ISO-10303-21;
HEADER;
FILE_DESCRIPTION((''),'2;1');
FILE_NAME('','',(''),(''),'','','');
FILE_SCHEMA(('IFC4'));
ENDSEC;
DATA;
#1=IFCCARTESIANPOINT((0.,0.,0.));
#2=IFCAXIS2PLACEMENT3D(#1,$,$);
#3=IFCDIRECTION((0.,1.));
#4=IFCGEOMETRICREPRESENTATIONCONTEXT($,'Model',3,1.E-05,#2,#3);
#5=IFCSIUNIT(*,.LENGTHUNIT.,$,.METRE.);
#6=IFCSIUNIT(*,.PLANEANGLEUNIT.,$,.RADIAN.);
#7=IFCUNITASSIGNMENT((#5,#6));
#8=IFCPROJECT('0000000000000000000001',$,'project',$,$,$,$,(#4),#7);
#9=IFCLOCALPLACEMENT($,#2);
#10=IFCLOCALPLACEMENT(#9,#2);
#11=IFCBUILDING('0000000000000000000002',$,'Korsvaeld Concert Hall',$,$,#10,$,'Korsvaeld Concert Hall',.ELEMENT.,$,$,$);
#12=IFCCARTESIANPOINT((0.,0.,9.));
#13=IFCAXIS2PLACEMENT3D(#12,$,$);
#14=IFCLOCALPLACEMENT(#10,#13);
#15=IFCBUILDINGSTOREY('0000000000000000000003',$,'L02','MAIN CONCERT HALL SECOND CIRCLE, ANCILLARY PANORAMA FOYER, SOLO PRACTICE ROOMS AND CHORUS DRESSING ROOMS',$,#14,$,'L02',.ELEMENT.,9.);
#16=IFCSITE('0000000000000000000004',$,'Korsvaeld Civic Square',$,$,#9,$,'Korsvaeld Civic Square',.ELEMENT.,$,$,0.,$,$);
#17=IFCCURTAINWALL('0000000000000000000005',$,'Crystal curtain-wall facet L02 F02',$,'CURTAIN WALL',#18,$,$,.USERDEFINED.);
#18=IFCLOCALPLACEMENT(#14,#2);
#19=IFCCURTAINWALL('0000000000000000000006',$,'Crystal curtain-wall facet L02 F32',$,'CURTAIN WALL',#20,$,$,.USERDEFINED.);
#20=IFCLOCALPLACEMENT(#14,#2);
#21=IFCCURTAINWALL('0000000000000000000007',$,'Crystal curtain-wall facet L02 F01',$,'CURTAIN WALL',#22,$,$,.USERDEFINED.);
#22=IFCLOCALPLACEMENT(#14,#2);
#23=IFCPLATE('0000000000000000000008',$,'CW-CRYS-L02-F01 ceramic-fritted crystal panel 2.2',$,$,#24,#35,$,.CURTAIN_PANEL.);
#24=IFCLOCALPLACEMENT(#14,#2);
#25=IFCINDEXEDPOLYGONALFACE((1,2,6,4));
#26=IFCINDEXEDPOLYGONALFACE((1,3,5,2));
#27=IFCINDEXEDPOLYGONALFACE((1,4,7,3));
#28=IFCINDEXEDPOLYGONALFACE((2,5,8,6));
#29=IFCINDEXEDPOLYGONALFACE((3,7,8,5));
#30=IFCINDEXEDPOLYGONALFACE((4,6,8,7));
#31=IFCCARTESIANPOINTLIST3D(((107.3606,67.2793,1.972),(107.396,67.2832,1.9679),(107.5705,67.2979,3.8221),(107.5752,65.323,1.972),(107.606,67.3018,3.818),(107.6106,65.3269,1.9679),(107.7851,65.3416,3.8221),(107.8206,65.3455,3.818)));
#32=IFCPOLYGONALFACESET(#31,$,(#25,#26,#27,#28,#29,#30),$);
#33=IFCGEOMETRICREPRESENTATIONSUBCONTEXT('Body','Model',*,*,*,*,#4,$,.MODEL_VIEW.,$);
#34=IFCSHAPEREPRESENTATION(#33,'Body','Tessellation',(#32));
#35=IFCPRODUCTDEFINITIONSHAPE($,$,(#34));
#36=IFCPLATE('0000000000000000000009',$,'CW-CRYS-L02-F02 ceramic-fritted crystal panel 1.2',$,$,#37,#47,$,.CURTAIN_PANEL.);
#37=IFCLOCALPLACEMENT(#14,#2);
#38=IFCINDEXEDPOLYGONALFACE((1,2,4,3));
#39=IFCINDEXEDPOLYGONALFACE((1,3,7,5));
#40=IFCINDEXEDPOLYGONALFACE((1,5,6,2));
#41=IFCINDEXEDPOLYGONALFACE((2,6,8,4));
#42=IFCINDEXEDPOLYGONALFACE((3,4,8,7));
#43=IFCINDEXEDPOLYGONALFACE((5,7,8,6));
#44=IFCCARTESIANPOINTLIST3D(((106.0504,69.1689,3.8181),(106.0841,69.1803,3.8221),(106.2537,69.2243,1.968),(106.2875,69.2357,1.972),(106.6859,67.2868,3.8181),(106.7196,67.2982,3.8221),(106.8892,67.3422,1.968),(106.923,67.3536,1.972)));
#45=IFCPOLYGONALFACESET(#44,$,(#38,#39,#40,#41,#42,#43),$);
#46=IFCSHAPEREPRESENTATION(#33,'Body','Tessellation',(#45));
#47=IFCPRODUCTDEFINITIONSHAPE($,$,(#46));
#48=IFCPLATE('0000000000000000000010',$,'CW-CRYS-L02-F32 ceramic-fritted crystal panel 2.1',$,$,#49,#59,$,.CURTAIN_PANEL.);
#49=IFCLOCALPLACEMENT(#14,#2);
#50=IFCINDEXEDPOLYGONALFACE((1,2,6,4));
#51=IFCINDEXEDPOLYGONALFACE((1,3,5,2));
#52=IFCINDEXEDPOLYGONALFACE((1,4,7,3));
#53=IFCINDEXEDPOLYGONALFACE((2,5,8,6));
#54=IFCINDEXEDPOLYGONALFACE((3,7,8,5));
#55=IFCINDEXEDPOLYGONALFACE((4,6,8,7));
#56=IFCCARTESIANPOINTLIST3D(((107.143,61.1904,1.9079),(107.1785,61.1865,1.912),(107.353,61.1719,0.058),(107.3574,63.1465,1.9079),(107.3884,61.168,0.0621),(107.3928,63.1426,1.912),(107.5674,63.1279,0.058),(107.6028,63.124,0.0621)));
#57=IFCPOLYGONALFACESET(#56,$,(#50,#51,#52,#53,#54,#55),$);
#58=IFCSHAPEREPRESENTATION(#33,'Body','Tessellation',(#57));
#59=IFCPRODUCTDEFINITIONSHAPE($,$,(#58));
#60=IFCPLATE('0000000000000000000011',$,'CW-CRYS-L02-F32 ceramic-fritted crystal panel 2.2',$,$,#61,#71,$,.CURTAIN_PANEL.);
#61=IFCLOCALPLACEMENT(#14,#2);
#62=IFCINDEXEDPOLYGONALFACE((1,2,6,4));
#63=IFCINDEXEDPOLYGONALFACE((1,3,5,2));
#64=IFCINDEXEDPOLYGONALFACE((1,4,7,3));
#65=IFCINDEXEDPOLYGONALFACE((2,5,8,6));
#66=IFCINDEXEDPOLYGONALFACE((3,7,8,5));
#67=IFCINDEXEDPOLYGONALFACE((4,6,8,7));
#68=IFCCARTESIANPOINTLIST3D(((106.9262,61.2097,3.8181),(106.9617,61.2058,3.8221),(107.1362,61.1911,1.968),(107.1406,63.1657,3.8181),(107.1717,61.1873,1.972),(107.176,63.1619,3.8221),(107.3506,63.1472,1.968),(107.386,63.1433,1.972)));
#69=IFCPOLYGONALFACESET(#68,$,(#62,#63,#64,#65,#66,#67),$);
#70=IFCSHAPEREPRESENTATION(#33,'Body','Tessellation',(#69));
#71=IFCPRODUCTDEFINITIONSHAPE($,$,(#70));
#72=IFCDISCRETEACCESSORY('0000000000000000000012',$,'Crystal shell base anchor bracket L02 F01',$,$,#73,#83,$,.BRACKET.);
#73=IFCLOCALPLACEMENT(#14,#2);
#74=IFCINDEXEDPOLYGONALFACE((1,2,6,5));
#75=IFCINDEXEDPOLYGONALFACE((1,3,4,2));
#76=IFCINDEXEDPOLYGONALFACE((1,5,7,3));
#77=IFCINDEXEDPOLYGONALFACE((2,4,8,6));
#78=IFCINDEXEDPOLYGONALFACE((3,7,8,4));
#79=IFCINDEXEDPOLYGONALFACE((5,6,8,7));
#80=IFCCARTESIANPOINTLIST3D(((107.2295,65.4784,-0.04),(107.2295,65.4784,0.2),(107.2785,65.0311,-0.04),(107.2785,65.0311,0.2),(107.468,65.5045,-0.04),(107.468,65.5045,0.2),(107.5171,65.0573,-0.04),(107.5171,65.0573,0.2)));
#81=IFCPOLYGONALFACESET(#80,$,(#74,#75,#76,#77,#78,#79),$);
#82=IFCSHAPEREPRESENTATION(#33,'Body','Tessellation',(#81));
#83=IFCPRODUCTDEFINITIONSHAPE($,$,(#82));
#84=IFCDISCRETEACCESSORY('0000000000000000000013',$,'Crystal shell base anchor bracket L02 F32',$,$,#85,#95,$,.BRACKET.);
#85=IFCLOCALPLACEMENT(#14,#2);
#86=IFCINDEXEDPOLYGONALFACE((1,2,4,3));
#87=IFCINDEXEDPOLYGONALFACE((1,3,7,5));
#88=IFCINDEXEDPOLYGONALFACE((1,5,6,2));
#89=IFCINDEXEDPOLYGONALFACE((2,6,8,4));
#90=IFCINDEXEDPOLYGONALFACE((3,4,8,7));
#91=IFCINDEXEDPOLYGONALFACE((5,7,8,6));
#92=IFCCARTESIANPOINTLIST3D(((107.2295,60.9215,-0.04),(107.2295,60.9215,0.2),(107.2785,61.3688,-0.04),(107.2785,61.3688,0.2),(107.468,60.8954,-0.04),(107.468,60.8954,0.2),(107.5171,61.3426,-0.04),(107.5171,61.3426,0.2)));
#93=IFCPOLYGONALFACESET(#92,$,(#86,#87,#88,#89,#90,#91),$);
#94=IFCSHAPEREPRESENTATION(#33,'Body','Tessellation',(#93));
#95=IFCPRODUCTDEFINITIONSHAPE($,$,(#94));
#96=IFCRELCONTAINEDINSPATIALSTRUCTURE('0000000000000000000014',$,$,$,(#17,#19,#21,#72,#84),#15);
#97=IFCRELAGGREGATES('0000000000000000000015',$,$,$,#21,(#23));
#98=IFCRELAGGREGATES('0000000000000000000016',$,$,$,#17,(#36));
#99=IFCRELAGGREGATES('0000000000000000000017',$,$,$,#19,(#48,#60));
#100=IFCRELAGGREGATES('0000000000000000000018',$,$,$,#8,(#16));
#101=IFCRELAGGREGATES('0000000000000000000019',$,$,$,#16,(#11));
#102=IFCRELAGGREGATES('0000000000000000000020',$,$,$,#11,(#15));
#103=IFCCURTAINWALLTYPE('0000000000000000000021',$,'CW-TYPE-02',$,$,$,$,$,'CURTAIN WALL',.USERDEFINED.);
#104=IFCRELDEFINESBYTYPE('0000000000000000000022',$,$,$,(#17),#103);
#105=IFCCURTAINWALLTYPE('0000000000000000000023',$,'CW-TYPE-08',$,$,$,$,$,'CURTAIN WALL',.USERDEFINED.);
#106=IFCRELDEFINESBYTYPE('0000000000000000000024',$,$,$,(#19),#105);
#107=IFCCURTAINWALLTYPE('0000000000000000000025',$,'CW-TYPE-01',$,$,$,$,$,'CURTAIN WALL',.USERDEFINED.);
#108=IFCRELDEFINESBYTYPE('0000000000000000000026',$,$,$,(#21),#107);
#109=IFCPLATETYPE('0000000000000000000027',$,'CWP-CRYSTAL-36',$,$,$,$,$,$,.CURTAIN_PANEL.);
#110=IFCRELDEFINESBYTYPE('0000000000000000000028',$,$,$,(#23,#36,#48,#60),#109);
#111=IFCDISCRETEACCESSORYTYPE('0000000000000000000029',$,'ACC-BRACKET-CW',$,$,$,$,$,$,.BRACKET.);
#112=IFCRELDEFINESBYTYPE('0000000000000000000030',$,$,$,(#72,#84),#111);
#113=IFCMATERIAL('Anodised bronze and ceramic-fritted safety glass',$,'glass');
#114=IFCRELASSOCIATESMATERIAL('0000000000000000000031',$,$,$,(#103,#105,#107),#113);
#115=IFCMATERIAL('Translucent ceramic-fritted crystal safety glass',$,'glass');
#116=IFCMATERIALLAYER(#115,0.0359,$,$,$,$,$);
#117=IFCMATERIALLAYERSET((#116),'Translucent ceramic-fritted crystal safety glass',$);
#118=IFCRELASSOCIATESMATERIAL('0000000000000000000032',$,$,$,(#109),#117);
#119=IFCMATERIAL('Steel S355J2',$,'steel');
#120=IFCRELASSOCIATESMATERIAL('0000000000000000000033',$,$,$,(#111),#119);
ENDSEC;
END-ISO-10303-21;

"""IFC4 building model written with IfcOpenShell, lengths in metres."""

from ifc_helpers import new_model, si_unit, direction, frame, origin, origin_2d, place, context, subcontext, project, spatial, polyline, rectangle, outline, extrude, material, layer, layer_set, type_object, element, aggregate, save


model = new_model("IFC4")

# Units and contexts
model_context = context("Model", 3, precision=1e-05, world=origin(), true_north=direction((0.0, 1.0)))
body_context = subcontext(model_context, "Body", "Model", "MODEL_VIEW")
ifc_project = project(units=[si_unit("LENGTHUNIT", "METRE"), si_unit("PLANEANGLEUNIT", "RADIAN")], contexts=[model_context])

# Site, building, storey
site_placement = place(None, origin())
site = spatial("IfcSite", under=ifc_project, at=site_placement, Name="Korsvaeld Civic Square", LongName="Korsvaeld Civic Square", CompositionType="ELEMENT", RefElevation=0.0)
building_placement = place(site_placement, origin())
building = spatial("IfcBuilding", under=site, at=building_placement, Name="Korsvaeld Concert Hall", LongName="Korsvaeld Concert Hall", CompositionType="ELEMENT")
storey_placement = place(building_placement, frame((0.0, 0.0, 9.0)))
storey = spatial("IfcBuildingStorey", under=building, at=storey_placement, Name="L02", Description="MAIN CONCERT HALL SECOND CIRCLE, ANCILLARY PANORAMA FOYER, SOLO PRACTICE ROOMS AND CHORUS DRESSING ROOMS", LongName="L02", CompositionType="ELEMENT", Elevation=9.0)

# Curtain wall
ifc_material_1 = material(Name="Anodised bronze and ceramic-fritted safety glass", Category="glass")
curtain_wall_type_1 = type_object("IfcCurtainWallType", Name="CW-TYPE-02", ElementType="CURTAIN WALL", PredefinedType="USERDEFINED", material=ifc_material_1)
curtain_wall_1_placement = place(storey_placement, origin())
curtain_wall_1 = element("IfcCurtainWall", 1, at=curtain_wall_1_placement, inside=storey, type_object=curtain_wall_type_1, Name="Crystal curtain-wall facet L02 F02", ObjectType="CURTAIN WALL", PredefinedType="USERDEFINED")

# Curtain walls
curtain_wall_type_2 = type_object("IfcCurtainWallType", Name="CW-TYPE-08", ElementType="CURTAIN WALL", PredefinedType="USERDEFINED", material=ifc_material_1)
curtain_wall_2_placement = place(storey_placement, origin())
curtain_wall_2 = element("IfcCurtainWall", 2, at=curtain_wall_2_placement, inside=storey, type_object=curtain_wall_type_2, Name="Crystal curtain-wall facet L02 F32", ObjectType="CURTAIN WALL", PredefinedType="USERDEFINED")
curtain_wall_type_3 = type_object("IfcCurtainWallType", Name="CW-TYPE-01", ElementType="CURTAIN WALL", PredefinedType="USERDEFINED", material=ifc_material_1)
curtain_wall_3_placement = place(storey_placement, origin())
curtain_wall_3 = element("IfcCurtainWall", 3, at=curtain_wall_3_placement, inside=storey, type_object=curtain_wall_type_3, Name="Crystal curtain-wall facet L02 F01", ObjectType="CURTAIN WALL", PredefinedType="USERDEFINED")

# Plates
ifc_material_2 = material(Name="Translucent ceramic-fritted crystal safety glass", Category="glass")
ifc_layer = layer(ifc_material_2, 0.0359)
ifc_layer_set = layer_set([ifc_layer], Name="Translucent ceramic-fritted crystal safety glass")
plate_type = type_object("IfcPlateType", Name="CWP-CRYSTAL-36", PredefinedType="CURTAIN_PANEL", material=ifc_layer_set)
plate_1_placement = place(storey_placement, frame((107.5928, 65.325, 1.97), z_axis=(0.987651, 0.108342, -0.113172), x_axis=(-0.109043, 0.994037, 0.0)))
plate_1 = element("IfcPlate", 4, at=plate_1_placement, type_object=plate_type, Name="CW-CRYS-L02-F01 ceramic-fritted crystal panel 2.2", PredefinedType="CURTAIN_PANEL", context=body_context, shape_type="SweptSolid", body=[
    extrude(outline(polyline([(0.0, 0.0), (1.968, 0.0), (1.9636, 1.8621), (-0.0045, 1.8621), (0.0, 0.0)])), frame((0.0, 0.0, 0.0181)), (0.0, 0.0, -1.0), 0.0359),
])
aggregate(curtain_wall_3, [plate_1])
plate_2_placement = place(storey_placement, frame((106.906, 67.3479, 1.97), z_axis=(0.941379, 0.317863, 0.113001), x_axis=(-0.319912, 0.947447, 0.0)))
plate_2 = element("IfcPlate", 5, at=plate_2_placement, type_object=plate_type, Name="CW-CRYS-L02-F02 ceramic-fritted crystal panel 1.2", PredefinedType="CURTAIN_PANEL", context=body_context, shape_type="SweptSolid", body=[
    extrude(outline(polyline([(0.0, 0.0), (1.9865, 0.0), (1.999, 1.862), (0.0126, 1.862), (0.0, 0.0)])), frame((0.0, 0.0, 0.0181)), (0.0, 0.0, -1.0), 0.0359),
])
aggregate(curtain_wall_1, [plate_2])
plate_3_placement = place(storey_placement, frame((107.3706, 61.1699, 0.0601), z_axis=(0.987661, -0.108233, 0.113187), x_axis=(0.108933, 0.994049, 0.0)))
plate_3 = element("IfcPlate", 6, at=plate_3_placement, type_object=plate_type, Name="CW-CRYS-L02-F32 ceramic-fritted crystal panel 2.1", PredefinedType="CURTAIN_PANEL", context=body_context, shape_type="SweptSolid", body=[
    extrude(outline(polyline([(0.0, 0.0), (1.9678, 0.0), (1.9633, 1.8618), (-0.0044, 1.8618), (0.0, 0.0)])), frame((0.0, 0.0, 0.0181)), (0.0, 0.0, -1.0), 0.0359),
])
plate_4_placement = place(storey_placement, frame((107.1538, 61.1892, 1.97), z_axis=(0.987663, -0.108234, 0.113172), x_axis=(0.108933, 0.994049, 0.0)))
plate_4 = element("IfcPlate", 7, at=plate_4_placement, type_object=plate_type, Name="CW-CRYS-L02-F32 ceramic-fritted crystal panel 2.2", PredefinedType="CURTAIN_PANEL", context=body_context, shape_type="SweptSolid", body=[
    extrude(outline(polyline([(0.0, 0.0), (1.9678, 0.0), (1.9633, 1.8621), (-0.0044, 1.8621), (0.0, 0.0)])), frame((0.0, 0.0, 0.0181)), (0.0, 0.0, -1.0), 0.0359),
])
aggregate(curtain_wall_2, [plate_3, plate_4])

# Discrete accessories
ifc_material_3 = material(Name="Steel S355J2", Category="steel")
discrete_accessory_type = type_object("IfcDiscreteAccessoryType", Name="ACC-BRACKET-CW", PredefinedType="BRACKET", material=ifc_material_3)
for number, where, z_axis, x_axis, name in (
    (8, (107.3733, 65.2678, -0.04), (0.0, 0.0, 1.0), (-0.10904, 0.994037, 0.0), "Crystal shell base anchor bracket L02 F01"),
    (9, (107.3733, 61.1321, -0.04), (0.0, 0.0, 1.0), (0.10904, 0.994037, 0.0), "Crystal shell base anchor bracket L02 F32"),
):
    element("IfcDiscreteAccessory", number, at=place(storey_placement, frame(where, z_axis=z_axis, x_axis=x_axis)), inside=storey, type_object=discrete_accessory_type, Name=name, PredefinedType="BRACKET", context=body_context, shape_type="SweptSolid", body=[
        extrude(rectangle(XDim=0.45, YDim=0.24, at=origin_2d()), origin(), (0.0, 0.0, 1.0), 0.24),
    ])

save(model, "model.ifc")
